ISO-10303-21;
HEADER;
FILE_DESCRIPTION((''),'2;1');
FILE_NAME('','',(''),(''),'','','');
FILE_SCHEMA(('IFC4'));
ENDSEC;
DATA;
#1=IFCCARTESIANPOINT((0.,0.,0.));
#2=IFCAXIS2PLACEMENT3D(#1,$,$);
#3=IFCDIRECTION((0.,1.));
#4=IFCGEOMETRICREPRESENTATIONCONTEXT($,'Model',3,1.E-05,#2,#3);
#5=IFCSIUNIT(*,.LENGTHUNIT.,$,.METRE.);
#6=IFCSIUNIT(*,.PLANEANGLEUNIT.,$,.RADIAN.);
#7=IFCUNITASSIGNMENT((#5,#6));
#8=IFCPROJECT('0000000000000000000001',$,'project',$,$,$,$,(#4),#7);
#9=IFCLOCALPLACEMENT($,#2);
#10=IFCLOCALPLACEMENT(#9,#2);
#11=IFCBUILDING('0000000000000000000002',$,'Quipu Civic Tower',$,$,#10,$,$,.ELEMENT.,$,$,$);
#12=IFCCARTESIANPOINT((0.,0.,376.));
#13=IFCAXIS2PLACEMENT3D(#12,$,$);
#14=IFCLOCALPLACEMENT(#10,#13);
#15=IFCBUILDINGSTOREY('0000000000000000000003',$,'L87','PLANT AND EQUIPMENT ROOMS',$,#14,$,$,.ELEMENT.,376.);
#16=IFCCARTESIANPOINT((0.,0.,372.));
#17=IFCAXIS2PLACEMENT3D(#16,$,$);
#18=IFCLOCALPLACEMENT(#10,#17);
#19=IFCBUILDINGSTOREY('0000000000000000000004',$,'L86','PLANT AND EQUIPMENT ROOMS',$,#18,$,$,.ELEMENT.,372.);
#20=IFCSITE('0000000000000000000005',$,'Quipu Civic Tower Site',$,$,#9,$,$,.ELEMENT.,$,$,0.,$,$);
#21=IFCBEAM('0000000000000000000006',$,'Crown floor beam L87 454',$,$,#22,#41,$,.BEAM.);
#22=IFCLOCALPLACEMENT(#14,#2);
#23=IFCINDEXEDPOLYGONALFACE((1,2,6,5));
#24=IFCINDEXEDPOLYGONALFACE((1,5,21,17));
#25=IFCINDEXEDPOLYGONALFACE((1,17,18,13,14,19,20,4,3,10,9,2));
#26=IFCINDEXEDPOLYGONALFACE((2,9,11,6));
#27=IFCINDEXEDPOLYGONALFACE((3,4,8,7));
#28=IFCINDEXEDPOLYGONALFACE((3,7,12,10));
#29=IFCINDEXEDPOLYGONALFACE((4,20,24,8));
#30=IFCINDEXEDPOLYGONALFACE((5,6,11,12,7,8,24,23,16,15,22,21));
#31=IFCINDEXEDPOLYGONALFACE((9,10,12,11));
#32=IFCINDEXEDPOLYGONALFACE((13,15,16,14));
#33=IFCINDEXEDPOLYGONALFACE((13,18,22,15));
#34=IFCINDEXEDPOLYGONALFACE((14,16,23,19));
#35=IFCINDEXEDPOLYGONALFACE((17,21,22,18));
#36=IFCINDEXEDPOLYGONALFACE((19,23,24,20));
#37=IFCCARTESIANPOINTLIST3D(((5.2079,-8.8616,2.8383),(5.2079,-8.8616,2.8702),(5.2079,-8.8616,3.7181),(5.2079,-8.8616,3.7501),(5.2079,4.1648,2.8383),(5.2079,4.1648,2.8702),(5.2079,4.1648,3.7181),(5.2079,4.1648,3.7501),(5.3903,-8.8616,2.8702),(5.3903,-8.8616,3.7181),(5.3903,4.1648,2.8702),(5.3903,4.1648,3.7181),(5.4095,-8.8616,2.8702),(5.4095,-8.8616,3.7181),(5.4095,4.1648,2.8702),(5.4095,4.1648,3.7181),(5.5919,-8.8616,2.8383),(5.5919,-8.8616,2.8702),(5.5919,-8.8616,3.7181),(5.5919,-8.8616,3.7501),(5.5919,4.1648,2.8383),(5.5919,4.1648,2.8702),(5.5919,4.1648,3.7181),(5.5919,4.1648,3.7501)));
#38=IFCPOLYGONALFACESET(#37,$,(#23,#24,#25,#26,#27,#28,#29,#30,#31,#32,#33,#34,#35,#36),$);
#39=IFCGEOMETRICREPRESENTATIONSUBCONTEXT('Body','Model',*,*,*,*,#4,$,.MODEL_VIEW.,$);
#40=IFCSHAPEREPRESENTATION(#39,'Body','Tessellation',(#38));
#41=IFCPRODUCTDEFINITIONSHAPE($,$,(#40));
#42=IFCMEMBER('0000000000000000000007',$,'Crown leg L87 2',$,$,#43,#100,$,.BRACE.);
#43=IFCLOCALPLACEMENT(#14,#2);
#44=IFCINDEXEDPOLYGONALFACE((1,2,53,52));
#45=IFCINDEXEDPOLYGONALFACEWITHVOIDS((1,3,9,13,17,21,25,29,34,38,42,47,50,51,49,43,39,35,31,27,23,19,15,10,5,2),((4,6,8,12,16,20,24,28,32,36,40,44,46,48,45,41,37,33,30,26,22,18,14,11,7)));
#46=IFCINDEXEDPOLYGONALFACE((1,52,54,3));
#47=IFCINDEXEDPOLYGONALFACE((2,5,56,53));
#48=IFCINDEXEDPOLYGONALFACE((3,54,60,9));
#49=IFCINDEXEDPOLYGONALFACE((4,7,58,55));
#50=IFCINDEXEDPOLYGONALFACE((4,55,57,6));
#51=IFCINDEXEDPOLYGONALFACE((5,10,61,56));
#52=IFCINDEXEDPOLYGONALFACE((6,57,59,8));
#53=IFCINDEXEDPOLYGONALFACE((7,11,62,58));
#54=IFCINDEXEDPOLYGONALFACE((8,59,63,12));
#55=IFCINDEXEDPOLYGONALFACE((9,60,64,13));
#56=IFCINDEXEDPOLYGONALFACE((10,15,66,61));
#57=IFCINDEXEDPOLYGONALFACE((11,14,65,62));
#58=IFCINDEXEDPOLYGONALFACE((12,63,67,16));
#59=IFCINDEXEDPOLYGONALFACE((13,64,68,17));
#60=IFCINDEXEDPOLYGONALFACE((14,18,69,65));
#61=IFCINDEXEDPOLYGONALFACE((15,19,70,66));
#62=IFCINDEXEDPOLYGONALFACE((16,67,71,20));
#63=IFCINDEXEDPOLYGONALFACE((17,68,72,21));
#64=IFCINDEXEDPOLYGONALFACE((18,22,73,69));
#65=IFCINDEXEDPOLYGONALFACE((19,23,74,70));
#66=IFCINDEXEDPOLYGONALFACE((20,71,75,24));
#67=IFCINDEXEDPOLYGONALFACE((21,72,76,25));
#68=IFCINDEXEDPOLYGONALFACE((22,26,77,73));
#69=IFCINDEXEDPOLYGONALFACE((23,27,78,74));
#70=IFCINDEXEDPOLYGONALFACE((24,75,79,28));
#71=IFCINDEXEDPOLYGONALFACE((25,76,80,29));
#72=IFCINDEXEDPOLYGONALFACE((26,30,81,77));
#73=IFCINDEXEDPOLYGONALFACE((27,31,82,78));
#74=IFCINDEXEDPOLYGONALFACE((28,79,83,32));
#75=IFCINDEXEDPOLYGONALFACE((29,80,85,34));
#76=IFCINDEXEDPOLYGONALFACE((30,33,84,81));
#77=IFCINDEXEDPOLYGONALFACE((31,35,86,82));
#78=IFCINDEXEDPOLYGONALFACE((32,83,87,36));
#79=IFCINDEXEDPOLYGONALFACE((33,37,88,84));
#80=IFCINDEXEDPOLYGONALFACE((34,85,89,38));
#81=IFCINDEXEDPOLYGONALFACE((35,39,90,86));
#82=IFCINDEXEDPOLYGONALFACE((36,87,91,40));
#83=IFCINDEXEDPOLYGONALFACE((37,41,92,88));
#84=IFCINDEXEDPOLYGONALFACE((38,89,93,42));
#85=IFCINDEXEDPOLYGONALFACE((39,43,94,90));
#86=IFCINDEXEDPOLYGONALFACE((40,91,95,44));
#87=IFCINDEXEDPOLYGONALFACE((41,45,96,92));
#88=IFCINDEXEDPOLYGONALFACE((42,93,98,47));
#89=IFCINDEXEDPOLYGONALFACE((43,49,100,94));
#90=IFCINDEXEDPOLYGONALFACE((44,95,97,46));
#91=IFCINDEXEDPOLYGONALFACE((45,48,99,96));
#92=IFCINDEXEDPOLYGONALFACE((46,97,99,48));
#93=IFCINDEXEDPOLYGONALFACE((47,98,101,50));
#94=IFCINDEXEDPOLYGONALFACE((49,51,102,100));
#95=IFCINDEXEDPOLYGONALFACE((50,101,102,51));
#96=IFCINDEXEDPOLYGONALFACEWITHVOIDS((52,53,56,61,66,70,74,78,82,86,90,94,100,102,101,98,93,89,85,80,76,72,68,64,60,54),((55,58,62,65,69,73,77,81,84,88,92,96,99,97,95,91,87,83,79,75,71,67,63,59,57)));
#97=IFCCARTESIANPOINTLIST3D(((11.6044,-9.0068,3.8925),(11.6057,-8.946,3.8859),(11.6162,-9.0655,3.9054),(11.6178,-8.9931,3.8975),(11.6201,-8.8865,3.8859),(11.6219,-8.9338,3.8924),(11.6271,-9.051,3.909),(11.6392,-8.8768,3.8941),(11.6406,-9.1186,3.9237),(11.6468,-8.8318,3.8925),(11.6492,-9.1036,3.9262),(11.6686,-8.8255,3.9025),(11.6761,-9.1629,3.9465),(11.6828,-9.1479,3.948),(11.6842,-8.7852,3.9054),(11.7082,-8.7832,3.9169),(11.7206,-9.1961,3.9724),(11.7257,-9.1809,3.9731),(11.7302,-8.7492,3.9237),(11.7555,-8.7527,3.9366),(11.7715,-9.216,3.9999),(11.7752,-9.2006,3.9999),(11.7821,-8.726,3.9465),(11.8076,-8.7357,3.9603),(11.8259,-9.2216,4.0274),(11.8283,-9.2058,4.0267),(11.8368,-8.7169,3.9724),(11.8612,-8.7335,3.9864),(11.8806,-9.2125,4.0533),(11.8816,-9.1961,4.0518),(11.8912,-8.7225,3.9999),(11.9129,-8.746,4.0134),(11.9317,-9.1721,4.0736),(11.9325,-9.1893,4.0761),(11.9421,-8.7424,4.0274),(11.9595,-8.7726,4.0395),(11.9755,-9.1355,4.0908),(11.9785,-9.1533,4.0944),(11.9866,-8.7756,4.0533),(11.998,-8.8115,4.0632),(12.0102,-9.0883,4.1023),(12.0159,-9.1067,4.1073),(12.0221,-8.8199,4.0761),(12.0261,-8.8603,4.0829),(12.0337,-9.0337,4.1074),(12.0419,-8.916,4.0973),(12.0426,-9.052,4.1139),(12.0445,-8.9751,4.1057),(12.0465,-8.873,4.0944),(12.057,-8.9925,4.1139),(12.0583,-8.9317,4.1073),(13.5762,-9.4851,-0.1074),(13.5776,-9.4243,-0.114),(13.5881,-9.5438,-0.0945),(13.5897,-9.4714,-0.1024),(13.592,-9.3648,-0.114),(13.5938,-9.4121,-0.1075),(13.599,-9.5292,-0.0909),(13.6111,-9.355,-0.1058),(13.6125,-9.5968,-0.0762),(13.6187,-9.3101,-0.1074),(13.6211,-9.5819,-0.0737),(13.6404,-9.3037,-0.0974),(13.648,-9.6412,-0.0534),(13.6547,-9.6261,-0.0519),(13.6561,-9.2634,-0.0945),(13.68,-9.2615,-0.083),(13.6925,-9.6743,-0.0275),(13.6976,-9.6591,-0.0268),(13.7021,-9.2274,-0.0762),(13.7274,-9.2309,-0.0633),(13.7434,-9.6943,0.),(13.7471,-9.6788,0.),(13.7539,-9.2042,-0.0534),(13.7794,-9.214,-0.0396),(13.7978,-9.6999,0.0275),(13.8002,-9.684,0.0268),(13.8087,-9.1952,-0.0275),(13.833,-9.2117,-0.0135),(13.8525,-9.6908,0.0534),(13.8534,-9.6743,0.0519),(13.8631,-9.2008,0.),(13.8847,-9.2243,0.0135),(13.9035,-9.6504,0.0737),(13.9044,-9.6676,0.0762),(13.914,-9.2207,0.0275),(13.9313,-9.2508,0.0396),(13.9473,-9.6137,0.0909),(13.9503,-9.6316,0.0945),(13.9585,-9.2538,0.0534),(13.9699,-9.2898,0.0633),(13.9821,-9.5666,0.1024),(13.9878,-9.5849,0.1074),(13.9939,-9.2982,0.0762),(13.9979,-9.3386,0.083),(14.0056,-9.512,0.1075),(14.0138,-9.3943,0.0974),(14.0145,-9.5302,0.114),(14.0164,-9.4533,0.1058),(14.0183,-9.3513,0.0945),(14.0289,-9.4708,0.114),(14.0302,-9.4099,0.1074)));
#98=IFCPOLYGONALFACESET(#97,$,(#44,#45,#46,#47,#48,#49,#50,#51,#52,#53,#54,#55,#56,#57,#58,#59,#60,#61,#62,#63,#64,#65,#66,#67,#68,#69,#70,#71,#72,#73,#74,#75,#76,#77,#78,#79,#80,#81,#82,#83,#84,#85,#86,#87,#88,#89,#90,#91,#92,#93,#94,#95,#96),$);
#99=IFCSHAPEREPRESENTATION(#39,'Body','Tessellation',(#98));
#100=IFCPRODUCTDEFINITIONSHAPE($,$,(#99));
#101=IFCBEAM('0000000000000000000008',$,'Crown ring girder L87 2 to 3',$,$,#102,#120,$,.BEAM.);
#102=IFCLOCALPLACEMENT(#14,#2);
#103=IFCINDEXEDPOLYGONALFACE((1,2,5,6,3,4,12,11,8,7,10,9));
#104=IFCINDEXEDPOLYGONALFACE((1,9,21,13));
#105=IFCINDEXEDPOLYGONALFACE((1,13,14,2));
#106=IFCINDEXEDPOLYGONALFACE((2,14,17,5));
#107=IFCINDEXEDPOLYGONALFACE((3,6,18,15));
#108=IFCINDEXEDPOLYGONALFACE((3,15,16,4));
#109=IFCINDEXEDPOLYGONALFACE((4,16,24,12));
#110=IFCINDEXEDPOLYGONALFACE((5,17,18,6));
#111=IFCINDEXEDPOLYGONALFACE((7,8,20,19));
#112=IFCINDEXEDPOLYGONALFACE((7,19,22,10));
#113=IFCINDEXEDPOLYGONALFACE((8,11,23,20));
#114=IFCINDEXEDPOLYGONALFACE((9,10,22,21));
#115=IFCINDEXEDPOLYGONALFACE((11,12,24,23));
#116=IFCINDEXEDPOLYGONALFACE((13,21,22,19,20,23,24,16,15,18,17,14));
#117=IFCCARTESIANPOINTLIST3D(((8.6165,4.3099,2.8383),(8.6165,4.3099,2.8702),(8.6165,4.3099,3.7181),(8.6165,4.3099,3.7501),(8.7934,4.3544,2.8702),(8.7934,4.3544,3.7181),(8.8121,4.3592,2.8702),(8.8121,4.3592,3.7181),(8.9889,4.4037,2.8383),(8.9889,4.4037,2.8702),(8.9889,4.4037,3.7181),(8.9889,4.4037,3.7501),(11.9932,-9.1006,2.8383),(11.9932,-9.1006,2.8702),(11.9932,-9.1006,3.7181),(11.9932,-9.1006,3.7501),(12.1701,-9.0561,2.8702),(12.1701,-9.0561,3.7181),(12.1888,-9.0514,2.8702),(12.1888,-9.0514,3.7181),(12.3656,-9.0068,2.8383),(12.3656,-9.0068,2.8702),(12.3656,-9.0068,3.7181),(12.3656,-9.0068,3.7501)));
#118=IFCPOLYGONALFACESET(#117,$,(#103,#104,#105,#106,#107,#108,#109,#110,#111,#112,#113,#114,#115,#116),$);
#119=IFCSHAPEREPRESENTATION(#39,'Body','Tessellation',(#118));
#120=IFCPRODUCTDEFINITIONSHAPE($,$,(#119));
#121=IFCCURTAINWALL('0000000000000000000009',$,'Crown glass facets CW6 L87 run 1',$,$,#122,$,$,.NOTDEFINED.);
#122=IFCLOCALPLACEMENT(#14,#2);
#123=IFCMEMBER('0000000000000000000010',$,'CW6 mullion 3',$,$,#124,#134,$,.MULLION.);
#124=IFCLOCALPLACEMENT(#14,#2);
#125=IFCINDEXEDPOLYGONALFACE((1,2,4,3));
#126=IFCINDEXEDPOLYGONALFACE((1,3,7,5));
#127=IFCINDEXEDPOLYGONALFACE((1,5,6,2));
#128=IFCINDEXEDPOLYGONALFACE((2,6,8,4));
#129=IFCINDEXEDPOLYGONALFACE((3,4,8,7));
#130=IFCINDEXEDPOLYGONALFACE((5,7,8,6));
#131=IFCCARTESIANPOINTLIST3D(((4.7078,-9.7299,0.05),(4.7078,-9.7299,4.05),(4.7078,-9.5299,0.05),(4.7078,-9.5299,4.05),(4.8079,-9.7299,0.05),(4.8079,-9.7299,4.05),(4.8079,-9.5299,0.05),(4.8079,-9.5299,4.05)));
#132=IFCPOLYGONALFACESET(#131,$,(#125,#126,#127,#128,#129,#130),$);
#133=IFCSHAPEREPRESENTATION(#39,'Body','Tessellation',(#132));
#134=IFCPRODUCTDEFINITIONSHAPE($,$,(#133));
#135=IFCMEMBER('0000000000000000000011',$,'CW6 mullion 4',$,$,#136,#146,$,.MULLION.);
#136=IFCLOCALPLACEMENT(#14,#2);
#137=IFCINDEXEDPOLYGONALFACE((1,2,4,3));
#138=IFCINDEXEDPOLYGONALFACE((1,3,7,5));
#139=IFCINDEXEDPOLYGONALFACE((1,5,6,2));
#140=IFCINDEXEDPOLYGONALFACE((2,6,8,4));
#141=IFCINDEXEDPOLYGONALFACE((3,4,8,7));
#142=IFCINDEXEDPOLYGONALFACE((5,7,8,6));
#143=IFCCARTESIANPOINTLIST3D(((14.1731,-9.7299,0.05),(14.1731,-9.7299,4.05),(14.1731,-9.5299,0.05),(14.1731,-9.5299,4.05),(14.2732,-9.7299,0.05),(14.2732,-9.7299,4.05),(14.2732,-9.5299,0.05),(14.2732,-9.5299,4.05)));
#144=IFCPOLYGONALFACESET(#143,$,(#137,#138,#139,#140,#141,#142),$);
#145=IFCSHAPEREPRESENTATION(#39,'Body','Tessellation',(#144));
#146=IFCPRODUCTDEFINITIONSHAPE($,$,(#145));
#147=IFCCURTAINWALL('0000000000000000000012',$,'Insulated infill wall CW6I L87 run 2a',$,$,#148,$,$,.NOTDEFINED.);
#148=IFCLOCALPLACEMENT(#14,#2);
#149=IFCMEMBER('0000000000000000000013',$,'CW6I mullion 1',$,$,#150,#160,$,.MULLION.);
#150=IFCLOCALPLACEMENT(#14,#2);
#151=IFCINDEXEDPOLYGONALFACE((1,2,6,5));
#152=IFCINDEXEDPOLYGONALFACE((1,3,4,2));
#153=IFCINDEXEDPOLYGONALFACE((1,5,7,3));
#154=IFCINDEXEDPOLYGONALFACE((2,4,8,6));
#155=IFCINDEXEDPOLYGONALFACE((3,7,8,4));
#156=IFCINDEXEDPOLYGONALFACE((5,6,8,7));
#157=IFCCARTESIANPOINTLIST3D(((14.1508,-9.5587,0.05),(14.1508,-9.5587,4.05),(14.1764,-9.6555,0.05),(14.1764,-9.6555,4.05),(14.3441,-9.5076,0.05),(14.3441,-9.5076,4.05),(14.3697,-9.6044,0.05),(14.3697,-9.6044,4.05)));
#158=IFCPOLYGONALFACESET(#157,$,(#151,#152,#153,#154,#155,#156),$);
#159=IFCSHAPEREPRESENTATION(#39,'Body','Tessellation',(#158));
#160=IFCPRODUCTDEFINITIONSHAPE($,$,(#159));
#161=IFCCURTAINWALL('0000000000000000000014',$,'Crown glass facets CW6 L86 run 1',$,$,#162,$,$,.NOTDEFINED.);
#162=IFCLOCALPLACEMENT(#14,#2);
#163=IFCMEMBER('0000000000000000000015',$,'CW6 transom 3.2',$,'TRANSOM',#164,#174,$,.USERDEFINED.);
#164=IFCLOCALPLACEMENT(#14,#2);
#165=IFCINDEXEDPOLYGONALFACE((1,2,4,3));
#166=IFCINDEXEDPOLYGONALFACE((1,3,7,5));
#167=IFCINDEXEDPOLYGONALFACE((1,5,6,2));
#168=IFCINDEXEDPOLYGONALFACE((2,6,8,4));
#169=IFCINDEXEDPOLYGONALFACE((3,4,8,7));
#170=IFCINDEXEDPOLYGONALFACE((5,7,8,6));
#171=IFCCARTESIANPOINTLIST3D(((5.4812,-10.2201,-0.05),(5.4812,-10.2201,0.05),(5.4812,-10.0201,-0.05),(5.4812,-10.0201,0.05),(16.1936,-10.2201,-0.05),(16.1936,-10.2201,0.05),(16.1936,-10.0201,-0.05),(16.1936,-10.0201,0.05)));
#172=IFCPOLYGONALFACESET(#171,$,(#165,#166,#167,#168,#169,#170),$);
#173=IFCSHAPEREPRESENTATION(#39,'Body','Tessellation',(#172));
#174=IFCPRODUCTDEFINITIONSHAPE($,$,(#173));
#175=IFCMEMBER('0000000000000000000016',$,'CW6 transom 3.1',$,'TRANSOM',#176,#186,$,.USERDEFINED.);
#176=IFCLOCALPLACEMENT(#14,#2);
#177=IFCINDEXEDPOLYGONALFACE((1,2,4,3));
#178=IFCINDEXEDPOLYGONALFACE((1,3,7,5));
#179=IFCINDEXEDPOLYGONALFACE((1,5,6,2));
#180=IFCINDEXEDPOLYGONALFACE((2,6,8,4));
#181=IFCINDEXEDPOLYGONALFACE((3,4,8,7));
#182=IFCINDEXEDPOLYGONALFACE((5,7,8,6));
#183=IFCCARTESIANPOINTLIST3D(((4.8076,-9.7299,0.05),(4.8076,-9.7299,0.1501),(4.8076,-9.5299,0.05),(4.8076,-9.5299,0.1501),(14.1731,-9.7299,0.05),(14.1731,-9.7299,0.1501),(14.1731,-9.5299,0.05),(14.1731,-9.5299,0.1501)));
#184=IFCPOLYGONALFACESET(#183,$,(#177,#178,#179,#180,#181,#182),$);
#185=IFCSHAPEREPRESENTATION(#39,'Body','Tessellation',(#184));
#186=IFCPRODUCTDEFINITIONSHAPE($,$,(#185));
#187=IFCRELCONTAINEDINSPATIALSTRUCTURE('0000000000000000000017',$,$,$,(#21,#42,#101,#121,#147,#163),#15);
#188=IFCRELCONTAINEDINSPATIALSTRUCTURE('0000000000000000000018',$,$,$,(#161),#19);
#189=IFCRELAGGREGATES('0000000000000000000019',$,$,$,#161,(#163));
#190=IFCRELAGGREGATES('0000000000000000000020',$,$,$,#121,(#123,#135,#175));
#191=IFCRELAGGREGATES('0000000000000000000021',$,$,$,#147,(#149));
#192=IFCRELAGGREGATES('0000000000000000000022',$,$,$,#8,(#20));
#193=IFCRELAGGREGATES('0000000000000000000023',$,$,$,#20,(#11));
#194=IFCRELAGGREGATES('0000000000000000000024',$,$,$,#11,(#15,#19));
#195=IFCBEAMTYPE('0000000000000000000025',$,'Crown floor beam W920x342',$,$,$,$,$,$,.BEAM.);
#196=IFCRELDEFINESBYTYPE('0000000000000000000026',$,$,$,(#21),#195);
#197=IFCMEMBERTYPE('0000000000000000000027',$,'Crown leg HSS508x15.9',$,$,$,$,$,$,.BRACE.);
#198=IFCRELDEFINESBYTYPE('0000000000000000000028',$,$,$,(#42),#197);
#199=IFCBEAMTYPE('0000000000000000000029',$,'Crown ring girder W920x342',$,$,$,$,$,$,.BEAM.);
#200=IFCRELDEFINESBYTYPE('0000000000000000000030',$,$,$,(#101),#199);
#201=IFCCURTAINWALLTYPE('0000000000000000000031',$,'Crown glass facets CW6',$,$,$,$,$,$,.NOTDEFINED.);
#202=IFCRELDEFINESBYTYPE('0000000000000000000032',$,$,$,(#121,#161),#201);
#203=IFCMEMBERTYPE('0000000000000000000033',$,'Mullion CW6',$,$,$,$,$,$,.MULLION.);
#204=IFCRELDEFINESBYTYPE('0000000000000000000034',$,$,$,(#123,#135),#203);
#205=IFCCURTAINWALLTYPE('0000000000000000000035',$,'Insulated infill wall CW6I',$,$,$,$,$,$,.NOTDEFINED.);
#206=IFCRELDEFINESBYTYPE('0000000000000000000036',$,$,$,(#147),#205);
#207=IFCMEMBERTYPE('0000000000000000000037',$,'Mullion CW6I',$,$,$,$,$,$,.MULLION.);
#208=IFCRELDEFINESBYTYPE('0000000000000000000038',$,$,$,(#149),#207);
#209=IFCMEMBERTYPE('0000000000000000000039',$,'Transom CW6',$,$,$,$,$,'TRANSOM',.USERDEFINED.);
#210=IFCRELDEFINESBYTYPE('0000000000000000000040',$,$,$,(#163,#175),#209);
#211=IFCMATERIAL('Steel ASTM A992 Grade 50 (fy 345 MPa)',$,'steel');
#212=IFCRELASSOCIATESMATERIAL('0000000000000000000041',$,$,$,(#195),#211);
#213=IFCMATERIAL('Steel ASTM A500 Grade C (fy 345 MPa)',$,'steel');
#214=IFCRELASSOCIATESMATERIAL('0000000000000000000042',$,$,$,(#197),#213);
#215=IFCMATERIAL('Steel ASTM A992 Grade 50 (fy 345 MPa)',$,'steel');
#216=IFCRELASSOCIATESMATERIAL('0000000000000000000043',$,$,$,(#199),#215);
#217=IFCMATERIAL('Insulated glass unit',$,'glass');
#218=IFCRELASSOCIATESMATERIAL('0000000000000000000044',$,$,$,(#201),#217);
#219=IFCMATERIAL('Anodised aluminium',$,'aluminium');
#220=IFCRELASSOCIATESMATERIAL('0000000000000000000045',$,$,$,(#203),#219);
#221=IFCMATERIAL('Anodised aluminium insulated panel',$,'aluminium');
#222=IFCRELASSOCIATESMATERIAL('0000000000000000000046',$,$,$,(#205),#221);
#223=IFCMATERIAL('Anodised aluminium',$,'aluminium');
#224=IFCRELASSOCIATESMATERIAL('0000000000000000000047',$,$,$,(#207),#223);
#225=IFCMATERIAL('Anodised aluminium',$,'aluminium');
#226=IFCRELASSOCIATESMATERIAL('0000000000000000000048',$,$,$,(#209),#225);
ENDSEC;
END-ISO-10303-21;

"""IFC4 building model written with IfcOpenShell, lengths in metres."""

from ifc_helpers import new_model, si_unit, direction, frame, origin, origin_2d, place, context, subcontext, project, spatial, rectangle, hollow_circle, i_section, extrude, material, material_profile, profile_set, type_object, element, aggregate, save


model = new_model("IFC4")

# Units and contexts
model_context = context("Model", 3, precision=1e-05, world=origin(), true_north=direction((0.0, 1.0)))
body_context = subcontext(model_context, "Body", "Model", "MODEL_VIEW")
ifc_project = project(units=[si_unit("LENGTHUNIT", "METRE"), si_unit("PLANEANGLEUNIT", "RADIAN")], contexts=[model_context])

# Site, building, storey
site_placement = place(None, origin())
site = spatial("IfcSite", under=ifc_project, at=site_placement, Name="Quipu Civic Tower Site", CompositionType="ELEMENT", RefElevation=0.0)
building_placement = place(site_placement, origin())
building = spatial("IfcBuilding", under=site, at=building_placement, Name="Quipu Civic Tower", CompositionType="ELEMENT")
storey_1_placement = place(building_placement, frame((0.0, 0.0, 376.0)))
storey_1 = spatial("IfcBuildingStorey", under=building, at=storey_1_placement, Name="L87", Description="PLANT AND EQUIPMENT ROOMS", CompositionType="ELEMENT", Elevation=376.0)

# Beam
ifc_material_1 = material(Name="Steel ASTM A992 Grade 50 (fy 345 MPa)", Category="steel")
ifc_material_profile_1 = material_profile(ifc_material_1, i_section(OverallWidth=0.384, OverallDepth=0.9119, WebThickness=0.0193, FlangeThickness=0.032, at=origin_2d()), Name="W920x342")
ifc_profile_set_1 = profile_set([ifc_material_profile_1], Name="Steel ASTM A992 Grade 50 (fy 345 MPa)")
beam_type_1 = type_object("IfcBeamType", Name="Crown floor beam W920x342", PredefinedType="BEAM", material=ifc_profile_set_1)
beam_1_placement = place(storey_1_placement, frame((5.3999, -8.8616, 3.2942), z_axis=(0.0, 1.0, 0.0), x_axis=(-1.0, 0.0, 0.0)))
element("IfcBeam", 1, at=beam_1_placement, inside=storey_1, type_object=beam_type_1, Name="Crown floor beam L87 454", PredefinedType="BEAM", context=body_context, shape_type="SweptSolid", body=[
    extrude(i_section(OverallWidth=0.384, OverallDepth=0.9119, WebThickness=0.0193, FlangeThickness=0.032, at=origin_2d()), origin(), (0.0, 0.0, 1.0), 13.0264),
])

# Member
ifc_material_2 = material(Name="Steel ASTM A500 Grade C (fy 345 MPa)", Category="steel")
ifc_material_profile_2 = material_profile(ifc_material_2, hollow_circle(Radius=0.2539, WallThickness=0.0159, at=origin_2d()), Name="HSS508x15.9")
ifc_profile_set_2 = profile_set([ifc_material_profile_2], Name="Steel ASTM A500 Grade C (fy 345 MPa)")
member_type_1 = type_object("IfcMemberType", Name="Crown leg HSS508x15.9", PredefinedType="BRACE", material=ifc_profile_set_2)
member_1_placement = place(storey_1_placement, frame((13.8032, -9.4475, 0.0), z_axis=(-0.439649, 0.106633, 0.891817), x_axis=(-0.235707, -0.971824, 0.0)))
element("IfcMember", 2, at=member_1_placement, inside=storey_1, type_object=member_type_1, Name="Crown leg L87 2", PredefinedType="BRACE", context=body_context, shape_type="SweptSolid", body=[
    extrude(hollow_circle(Radius=0.2539, WallThickness=0.0159, at=origin_2d()), origin(), (0.0, 0.0, 1.0), 4.4851),
])

# Beam
ifc_material_3 = material(Name="Steel ASTM A992 Grade 50 (fy 345 MPa)", Category="steel")
ifc_material_profile_3 = material_profile(ifc_material_3, i_section(OverallWidth=0.384, OverallDepth=0.9119, WebThickness=0.0193, FlangeThickness=0.032, at=origin_2d()), Name="W920x342")
ifc_profile_set_3 = profile_set([ifc_material_profile_3], Name="Steel ASTM A992 Grade 50 (fy 345 MPa)")
beam_type_2 = type_object("IfcBeamType", Name="Crown ring girder W920x342", PredefinedType="BEAM", material=ifc_profile_set_3)
beam_2_placement = place(storey_1_placement, frame((12.1794, -9.0537, 3.2942), z_axis=(-0.244176, 0.969731, 0.0), x_axis=(-0.969731, -0.244176, 0.0)))
element("IfcBeam", 3, at=beam_2_placement, inside=storey_1, type_object=beam_type_2, Name="Crown ring girder L87 2 to 3", PredefinedType="BEAM", context=body_context, shape_type="SweptSolid", body=[
    extrude(i_section(OverallWidth=0.384, OverallDepth=0.9119, WebThickness=0.0193, FlangeThickness=0.032, at=origin_2d()), origin(), (0.0, 0.0, 1.0), 13.8291),
])

# Curtain wall, members
ifc_material_4 = material(Name="Insulated glass unit", Category="glass")
curtain_wall_type_1 = type_object("IfcCurtainWallType", Name="Crown glass facets CW6", PredefinedType="NOTDEFINED", material=ifc_material_4)
curtain_wall_1_placement = place(storey_1_placement, origin())
curtain_wall_1 = element("IfcCurtainWall", 4, at=curtain_wall_1_placement, inside=storey_1, type_object=curtain_wall_type_1, Name="Crown glass facets CW6 L87 run 1", PredefinedType="NOTDEFINED")
ifc_material_5 = material(Name="Anodised aluminium", Category="aluminium")
ifc_material_profile_4 = material_profile(ifc_material_5, rectangle(XDim=0.2, YDim=0.1001, at=origin_2d()), Name="RECT 200x100")
ifc_profile_set_4 = profile_set([ifc_material_profile_4], Name="Anodised aluminium")
member_type_2 = type_object("IfcMemberType", Name="Mullion CW6", PredefinedType="MULLION", material=ifc_profile_set_4)
member_2_placement = place(storey_1_placement, frame((4.7578, -9.6299, 0.05), z_axis=(0.0, 0.0, 1.0), x_axis=(0.0, 1.0, 0.0)))
member_2 = element("IfcMember", 5, at=member_2_placement, type_object=member_type_2, Name="CW6 mullion 3", PredefinedType="MULLION", context=body_context, shape_type="SweptSolid", body=[
    extrude(rectangle(XDim=0.2, YDim=0.1001, at=origin_2d()), origin(), (0.0, 0.0, 1.0), 4.0),
])
member_3_placement = place(storey_1_placement, frame((14.2231, -9.6299, 0.05), z_axis=(0.0, 0.0, 1.0), x_axis=(0.0, 1.0, 0.0)))
member_3 = element("IfcMember", 6, at=member_3_placement, type_object=member_type_2, Name="CW6 mullion 4", PredefinedType="MULLION", context=body_context, shape_type="SweptSolid", body=[
    extrude(rectangle(XDim=0.2, YDim=0.1001, at=origin_2d()), origin(), (0.0, 0.0, 1.0), 4.0),
])

# Curtain wall, member
ifc_material_6 = material(Name="Anodised aluminium insulated panel", Category="aluminium")
curtain_wall_type_2 = type_object("IfcCurtainWallType", Name="Insulated infill wall CW6I", PredefinedType="NOTDEFINED", material=ifc_material_6)
curtain_wall_2_placement = place(storey_1_placement, origin())
curtain_wall_2 = element("IfcCurtainWall", 7, at=curtain_wall_2_placement, inside=storey_1, type_object=curtain_wall_type_2, Name="Insulated infill wall CW6I L87 run 2a", PredefinedType="NOTDEFINED")
ifc_material_7 = material(Name="Anodised aluminium", Category="aluminium")
ifc_material_profile_5 = material_profile(ifc_material_7, rectangle(XDim=0.2, YDim=0.1001, at=origin_2d()), Name="RECT 200x100")
ifc_profile_set_5 = profile_set([ifc_material_profile_5], Name="Anodised aluminium")
member_type_3 = type_object("IfcMemberType", Name="Mullion CW6I", PredefinedType="MULLION", material=ifc_profile_set_5)
member_4_placement = place(storey_1_placement, frame((14.2603, -9.5815, 0.05), z_axis=(0.0, 0.0, 1.0), x_axis=(-0.966859, -0.255313, 0.0)))
member_4 = element("IfcMember", 8, at=member_4_placement, type_object=member_type_3, Name="CW6I mullion 1", PredefinedType="MULLION", context=body_context, shape_type="SweptSolid", body=[
    extrude(rectangle(XDim=0.2, YDim=0.1001, at=origin_2d()), origin(), (0.0, 0.0, 1.0), 4.0),
])

# Shared definitions
storey_2_placement = place(building_placement, frame((0.0, 0.0, 372.0)))
storey_2 = spatial("IfcBuildingStorey", under=building, at=storey_2_placement, Name="L86", Description="PLANT AND EQUIPMENT ROOMS", CompositionType="ELEMENT", Elevation=372.0)

# Curtain wall, member
curtain_wall_3_placement = place(storey_2_placement, origin())
curtain_wall_3 = element("IfcCurtainWall", 9, at=curtain_wall_3_placement, inside=storey_2, type_object=curtain_wall_type_1, Name="Crown glass facets CW6 L86 run 1", PredefinedType="NOTDEFINED")
ifc_material_8 = material(Name="Anodised aluminium", Category="aluminium")
ifc_material_profile_6 = material_profile(ifc_material_8, rectangle(XDim=0.2, YDim=0.1001, at=origin_2d()), Name="RECT 200x100")
ifc_profile_set_6 = profile_set([ifc_material_profile_6], Name="Anodised aluminium")
member_type_4 = type_object("IfcMemberType", Name="Transom CW6", ElementType="TRANSOM", PredefinedType="USERDEFINED", material=ifc_profile_set_6)
member_5_placement = place(storey_1_placement, frame((5.4812, -10.1201, 0.0), z_axis=(1.0, 0.0, 0.0), x_axis=(0.0, 1.0, 0.0)))
member_5 = element("IfcMember", 10, at=member_5_placement, inside=storey_1, type_object=member_type_4, Name="CW6 transom 3.2", ObjectType="TRANSOM", PredefinedType="USERDEFINED", context=body_context, shape_type="SweptSolid", body=[
    extrude(rectangle(XDim=0.2, YDim=0.1001, at=origin_2d()), origin(), (0.0, 0.0, 1.0), 10.7124),
])
aggregate(curtain_wall_3, [member_5])

# Member
member_6_placement = place(storey_1_placement, frame((4.8076, -9.6299, 0.1001), z_axis=(1.0, 0.0, 0.0), x_axis=(0.0, 1.0, 0.0)))
member_6 = element("IfcMember", 11, at=member_6_placement, type_object=member_type_4, Name="CW6 transom 3.1", ObjectType="TRANSOM", PredefinedType="USERDEFINED", context=body_context, shape_type="SweptSolid", body=[
    extrude(rectangle(XDim=0.2, YDim=0.1001, at=origin_2d()), origin(), (0.0, 0.0, 1.0), 9.3655),
])

aggregate(curtain_wall_1, [member_2, member_3, member_6])
aggregate(curtain_wall_2, [member_4])

save(model, "model.ifc")
